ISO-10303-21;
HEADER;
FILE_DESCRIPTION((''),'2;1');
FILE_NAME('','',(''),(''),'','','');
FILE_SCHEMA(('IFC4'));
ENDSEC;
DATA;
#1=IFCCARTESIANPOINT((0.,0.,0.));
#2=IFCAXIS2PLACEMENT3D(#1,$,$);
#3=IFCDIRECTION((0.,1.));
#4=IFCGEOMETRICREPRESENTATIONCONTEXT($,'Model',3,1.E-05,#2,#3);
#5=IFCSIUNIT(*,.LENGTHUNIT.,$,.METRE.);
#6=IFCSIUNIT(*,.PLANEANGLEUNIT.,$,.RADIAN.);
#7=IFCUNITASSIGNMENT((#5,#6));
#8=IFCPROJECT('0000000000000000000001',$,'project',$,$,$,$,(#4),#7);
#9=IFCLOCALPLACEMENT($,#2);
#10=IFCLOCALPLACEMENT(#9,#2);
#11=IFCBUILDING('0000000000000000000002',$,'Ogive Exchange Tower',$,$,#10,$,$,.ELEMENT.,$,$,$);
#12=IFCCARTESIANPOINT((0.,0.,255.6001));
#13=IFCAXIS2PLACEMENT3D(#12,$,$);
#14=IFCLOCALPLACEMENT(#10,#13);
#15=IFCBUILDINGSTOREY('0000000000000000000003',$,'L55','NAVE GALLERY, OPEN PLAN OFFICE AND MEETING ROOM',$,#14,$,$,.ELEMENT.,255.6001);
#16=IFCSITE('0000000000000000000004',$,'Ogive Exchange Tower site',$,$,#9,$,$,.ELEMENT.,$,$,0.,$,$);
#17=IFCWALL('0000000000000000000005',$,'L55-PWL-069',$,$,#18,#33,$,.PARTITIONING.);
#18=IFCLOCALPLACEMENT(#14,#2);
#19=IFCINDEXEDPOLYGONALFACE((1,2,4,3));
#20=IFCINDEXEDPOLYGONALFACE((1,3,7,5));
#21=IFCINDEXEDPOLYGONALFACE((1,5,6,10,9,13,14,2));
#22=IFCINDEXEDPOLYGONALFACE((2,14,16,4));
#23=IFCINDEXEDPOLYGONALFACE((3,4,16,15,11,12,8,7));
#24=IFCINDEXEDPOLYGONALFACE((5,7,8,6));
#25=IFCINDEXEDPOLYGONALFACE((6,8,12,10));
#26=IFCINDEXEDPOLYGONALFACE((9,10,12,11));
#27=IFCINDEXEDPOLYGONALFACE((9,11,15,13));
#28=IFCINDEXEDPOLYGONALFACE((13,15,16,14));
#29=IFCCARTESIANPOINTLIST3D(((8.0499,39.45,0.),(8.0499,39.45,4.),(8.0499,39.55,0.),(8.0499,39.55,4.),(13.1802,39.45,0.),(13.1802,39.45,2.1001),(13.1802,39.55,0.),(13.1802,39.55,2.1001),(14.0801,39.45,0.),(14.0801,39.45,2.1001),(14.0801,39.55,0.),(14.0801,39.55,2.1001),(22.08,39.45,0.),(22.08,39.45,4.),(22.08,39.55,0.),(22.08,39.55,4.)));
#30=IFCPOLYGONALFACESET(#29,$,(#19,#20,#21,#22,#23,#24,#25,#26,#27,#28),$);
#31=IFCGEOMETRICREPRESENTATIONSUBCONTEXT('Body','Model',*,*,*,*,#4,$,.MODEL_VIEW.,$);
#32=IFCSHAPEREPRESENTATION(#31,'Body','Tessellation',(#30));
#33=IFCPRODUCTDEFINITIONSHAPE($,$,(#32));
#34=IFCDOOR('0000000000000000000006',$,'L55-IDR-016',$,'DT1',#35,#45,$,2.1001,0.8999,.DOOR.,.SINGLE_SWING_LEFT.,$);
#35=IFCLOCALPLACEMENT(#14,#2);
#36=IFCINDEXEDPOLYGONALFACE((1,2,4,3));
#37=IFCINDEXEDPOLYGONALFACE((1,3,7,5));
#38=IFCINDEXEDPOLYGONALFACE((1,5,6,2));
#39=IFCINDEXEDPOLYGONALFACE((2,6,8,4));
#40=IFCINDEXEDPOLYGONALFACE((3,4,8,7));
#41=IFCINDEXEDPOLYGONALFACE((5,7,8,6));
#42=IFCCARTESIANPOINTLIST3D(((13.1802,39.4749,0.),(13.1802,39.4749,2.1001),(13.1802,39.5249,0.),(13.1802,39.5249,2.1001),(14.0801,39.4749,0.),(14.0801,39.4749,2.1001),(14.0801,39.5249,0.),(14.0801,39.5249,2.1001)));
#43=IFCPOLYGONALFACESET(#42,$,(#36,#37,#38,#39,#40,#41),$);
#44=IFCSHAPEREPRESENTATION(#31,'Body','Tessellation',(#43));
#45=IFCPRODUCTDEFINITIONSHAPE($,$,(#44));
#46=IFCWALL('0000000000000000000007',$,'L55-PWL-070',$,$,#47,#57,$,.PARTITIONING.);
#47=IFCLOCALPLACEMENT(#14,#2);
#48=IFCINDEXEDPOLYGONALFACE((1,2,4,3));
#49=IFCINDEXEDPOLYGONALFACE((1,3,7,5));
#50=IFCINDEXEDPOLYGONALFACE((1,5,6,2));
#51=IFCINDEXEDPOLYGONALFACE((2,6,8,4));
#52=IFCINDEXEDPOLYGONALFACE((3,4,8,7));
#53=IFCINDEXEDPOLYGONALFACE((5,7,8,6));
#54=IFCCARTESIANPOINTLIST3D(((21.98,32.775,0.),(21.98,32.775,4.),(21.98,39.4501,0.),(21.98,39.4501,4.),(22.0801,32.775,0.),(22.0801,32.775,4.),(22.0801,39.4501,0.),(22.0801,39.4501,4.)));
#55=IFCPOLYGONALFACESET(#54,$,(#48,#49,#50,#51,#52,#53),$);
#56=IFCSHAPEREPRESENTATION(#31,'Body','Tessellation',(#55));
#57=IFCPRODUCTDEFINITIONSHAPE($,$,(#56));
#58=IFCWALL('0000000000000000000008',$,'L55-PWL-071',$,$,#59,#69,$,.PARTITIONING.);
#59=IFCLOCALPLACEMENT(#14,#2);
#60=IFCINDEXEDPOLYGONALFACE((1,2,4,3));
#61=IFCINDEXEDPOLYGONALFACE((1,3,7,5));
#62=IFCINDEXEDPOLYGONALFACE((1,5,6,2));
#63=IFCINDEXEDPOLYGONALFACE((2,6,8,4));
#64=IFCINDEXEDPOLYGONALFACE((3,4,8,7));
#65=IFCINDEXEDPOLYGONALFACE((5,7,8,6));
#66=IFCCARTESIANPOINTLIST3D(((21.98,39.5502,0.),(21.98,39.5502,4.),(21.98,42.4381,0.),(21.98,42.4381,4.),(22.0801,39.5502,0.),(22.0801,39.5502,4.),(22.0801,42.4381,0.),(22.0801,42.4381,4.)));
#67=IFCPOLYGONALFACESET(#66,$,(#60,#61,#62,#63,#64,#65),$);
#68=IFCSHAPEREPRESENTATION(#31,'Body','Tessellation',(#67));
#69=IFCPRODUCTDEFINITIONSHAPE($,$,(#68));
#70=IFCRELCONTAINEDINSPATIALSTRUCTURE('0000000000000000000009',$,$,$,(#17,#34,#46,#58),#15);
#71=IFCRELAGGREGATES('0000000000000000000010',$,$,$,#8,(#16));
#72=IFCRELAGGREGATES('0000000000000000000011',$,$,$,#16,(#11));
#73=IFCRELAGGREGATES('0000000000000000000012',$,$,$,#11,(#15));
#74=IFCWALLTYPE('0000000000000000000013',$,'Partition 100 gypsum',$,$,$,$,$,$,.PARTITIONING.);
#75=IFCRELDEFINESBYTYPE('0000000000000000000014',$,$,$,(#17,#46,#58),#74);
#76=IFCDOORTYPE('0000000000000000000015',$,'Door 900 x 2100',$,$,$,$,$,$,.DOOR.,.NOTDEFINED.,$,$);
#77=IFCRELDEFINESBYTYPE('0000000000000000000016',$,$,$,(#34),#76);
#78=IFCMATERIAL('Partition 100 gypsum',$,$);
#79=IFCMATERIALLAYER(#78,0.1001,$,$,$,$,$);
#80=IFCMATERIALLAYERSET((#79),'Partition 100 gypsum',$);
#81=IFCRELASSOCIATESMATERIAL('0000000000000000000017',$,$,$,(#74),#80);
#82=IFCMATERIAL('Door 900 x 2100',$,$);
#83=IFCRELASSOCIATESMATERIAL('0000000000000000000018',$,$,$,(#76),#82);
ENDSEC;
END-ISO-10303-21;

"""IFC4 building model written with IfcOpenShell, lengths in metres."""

from ifc_helpers import new_model, si_unit, direction, frame, frame_2d, origin, place, context, subcontext, project, spatial, rectangle, extrude, material, layer, layer_set, type_object, element, fill, save


model = new_model("IFC4")

# Units and contexts
model_context = context("Model", 3, precision=1e-05, world=origin(), true_north=direction((0.0, 1.0)))
body_context = subcontext(model_context, "Body", "Model", "MODEL_VIEW")
ifc_project = project(units=[si_unit("LENGTHUNIT", "METRE"), si_unit("PLANEANGLEUNIT", "RADIAN")], contexts=[model_context])

# Site, building, storey
site_placement = place(None, origin())
site = spatial("IfcSite", under=ifc_project, at=site_placement, Name="Ogive Exchange Tower site", CompositionType="ELEMENT", RefElevation=0.0)
building_placement = place(site_placement, origin())
building = spatial("IfcBuilding", under=site, at=building_placement, Name="Ogive Exchange Tower", CompositionType="ELEMENT")
storey_placement = place(building_placement, frame((0.0, 0.0, 255.6001)))
storey = spatial("IfcBuildingStorey", under=building, at=storey_placement, Name="L55", Description="NAVE GALLERY, OPEN PLAN OFFICE AND MEETING ROOM", CompositionType="ELEMENT", Elevation=255.6001)

# Wall, opening, door
ifc_material_1 = material(Name="Partition 100 gypsum")
ifc_layer_1 = layer(ifc_material_1, 0.1001)
ifc_layer_set_1 = layer_set([ifc_layer_1], Name="Partition 100 gypsum")
wall_type_1 = type_object("IfcWallType", Name="Partition 100 gypsum", PredefinedType="PARTITIONING", material=ifc_layer_set_1)
wall_1_placement = place(storey_placement, frame((22.0801, 39.5, 0.0), z_axis=(0.0, 0.0, 1.0), x_axis=(-1.0, 0.0, 0.0)))
wall_1 = element("IfcWall", 1, at=wall_1_placement, inside=storey, type_object=wall_type_1, Name="L55-PWL-069", PredefinedType="PARTITIONING", context=body_context, shape_type="SweptSolid", body=[
    extrude(rectangle(XDim=14.03, YDim=0.1001, at=frame_2d((7.0151, 0.0))), origin(), (0.0, 0.0, 1.0), 4.0),
])
opening_1_placement = place(wall_1_placement, frame((8.0, 0.0, 0.0)))
opening_1 = element("IfcOpeningElement", 2, at=opening_1_placement, cuts=wall_1, PredefinedType="OPENING", context=body_context, shape_type="SweptSolid", body=[
    extrude(rectangle(XDim=0.8999, YDim=2.1001, at=frame_2d((0.45, 1.05))), frame((0.0, 0.0601, 0.0), z_axis=(0.0, -1.0, 0.0), x_axis=(1.0, 0.0, 0.0)), (0.0, 0.0, 1.0), 0.1201),
])
ifc_material_2 = material(Name="Door 900 x 2100")
door_type_1 = type_object("IfcDoorType", Name="Door 900 x 2100", OperationType="NOTDEFINED", PredefinedType="DOOR", material=ifc_material_2)
door_1_placement = place(opening_1_placement, frame((0.8999, 0.0, 0.0), z_axis=(0.0, 0.0, 1.0), x_axis=(-1.0, 0.0, 0.0)))
door_1 = element("IfcDoor", 3, at=door_1_placement, inside=storey, type_object=door_type_1, Name="L55-IDR-016", ObjectType="DT1", OperationType="SINGLE_SWING_LEFT", OverallHeight=2.1001, OverallWidth=0.8999, PredefinedType="DOOR", context=body_context, shape_type="SweptSolid", body=[
    extrude(rectangle(XDim=0.8999, YDim=2.1001, at=frame_2d((0.45, 1.05))), frame((0.0, 0.0249, 0.0), z_axis=(0.0, -1.0, 0.0), x_axis=(1.0, 0.0, 0.0)), (0.0, 0.0, 1.0), 0.05),
])
fill(opening_1, door_1)

# Walls
wall_2_placement = place(storey_placement, frame((22.03, 39.45, 0.0), z_axis=(0.0, 0.0, 1.0), x_axis=(0.0, -1.0, 0.0)))
element("IfcWall", 4, at=wall_2_placement, inside=storey, type_object=wall_type_1, Name="L55-PWL-070", PredefinedType="PARTITIONING", context=body_context, shape_type="SweptSolid", body=[
    extrude(rectangle(XDim=6.675, YDim=0.1001, at=frame_2d((3.3374, 0.0))), origin(), (0.0, 0.0, 1.0), 4.0),
])
wall_3_placement = place(storey_placement, frame((22.03, 42.438, 0.0), z_axis=(0.0, 0.0, 1.0), x_axis=(0.0, -1.0, 0.0)))
element("IfcWall", 5, at=wall_3_placement, inside=storey, type_object=wall_type_1, Name="L55-PWL-071", PredefinedType="PARTITIONING", context=body_context, shape_type="SweptSolid", body=[
    extrude(rectangle(XDim=2.8879, YDim=0.1001, at=frame_2d((1.4438, 0.0))), origin(), (0.0, 0.0, 1.0), 4.0),
])

save(model, "model.ifc")
